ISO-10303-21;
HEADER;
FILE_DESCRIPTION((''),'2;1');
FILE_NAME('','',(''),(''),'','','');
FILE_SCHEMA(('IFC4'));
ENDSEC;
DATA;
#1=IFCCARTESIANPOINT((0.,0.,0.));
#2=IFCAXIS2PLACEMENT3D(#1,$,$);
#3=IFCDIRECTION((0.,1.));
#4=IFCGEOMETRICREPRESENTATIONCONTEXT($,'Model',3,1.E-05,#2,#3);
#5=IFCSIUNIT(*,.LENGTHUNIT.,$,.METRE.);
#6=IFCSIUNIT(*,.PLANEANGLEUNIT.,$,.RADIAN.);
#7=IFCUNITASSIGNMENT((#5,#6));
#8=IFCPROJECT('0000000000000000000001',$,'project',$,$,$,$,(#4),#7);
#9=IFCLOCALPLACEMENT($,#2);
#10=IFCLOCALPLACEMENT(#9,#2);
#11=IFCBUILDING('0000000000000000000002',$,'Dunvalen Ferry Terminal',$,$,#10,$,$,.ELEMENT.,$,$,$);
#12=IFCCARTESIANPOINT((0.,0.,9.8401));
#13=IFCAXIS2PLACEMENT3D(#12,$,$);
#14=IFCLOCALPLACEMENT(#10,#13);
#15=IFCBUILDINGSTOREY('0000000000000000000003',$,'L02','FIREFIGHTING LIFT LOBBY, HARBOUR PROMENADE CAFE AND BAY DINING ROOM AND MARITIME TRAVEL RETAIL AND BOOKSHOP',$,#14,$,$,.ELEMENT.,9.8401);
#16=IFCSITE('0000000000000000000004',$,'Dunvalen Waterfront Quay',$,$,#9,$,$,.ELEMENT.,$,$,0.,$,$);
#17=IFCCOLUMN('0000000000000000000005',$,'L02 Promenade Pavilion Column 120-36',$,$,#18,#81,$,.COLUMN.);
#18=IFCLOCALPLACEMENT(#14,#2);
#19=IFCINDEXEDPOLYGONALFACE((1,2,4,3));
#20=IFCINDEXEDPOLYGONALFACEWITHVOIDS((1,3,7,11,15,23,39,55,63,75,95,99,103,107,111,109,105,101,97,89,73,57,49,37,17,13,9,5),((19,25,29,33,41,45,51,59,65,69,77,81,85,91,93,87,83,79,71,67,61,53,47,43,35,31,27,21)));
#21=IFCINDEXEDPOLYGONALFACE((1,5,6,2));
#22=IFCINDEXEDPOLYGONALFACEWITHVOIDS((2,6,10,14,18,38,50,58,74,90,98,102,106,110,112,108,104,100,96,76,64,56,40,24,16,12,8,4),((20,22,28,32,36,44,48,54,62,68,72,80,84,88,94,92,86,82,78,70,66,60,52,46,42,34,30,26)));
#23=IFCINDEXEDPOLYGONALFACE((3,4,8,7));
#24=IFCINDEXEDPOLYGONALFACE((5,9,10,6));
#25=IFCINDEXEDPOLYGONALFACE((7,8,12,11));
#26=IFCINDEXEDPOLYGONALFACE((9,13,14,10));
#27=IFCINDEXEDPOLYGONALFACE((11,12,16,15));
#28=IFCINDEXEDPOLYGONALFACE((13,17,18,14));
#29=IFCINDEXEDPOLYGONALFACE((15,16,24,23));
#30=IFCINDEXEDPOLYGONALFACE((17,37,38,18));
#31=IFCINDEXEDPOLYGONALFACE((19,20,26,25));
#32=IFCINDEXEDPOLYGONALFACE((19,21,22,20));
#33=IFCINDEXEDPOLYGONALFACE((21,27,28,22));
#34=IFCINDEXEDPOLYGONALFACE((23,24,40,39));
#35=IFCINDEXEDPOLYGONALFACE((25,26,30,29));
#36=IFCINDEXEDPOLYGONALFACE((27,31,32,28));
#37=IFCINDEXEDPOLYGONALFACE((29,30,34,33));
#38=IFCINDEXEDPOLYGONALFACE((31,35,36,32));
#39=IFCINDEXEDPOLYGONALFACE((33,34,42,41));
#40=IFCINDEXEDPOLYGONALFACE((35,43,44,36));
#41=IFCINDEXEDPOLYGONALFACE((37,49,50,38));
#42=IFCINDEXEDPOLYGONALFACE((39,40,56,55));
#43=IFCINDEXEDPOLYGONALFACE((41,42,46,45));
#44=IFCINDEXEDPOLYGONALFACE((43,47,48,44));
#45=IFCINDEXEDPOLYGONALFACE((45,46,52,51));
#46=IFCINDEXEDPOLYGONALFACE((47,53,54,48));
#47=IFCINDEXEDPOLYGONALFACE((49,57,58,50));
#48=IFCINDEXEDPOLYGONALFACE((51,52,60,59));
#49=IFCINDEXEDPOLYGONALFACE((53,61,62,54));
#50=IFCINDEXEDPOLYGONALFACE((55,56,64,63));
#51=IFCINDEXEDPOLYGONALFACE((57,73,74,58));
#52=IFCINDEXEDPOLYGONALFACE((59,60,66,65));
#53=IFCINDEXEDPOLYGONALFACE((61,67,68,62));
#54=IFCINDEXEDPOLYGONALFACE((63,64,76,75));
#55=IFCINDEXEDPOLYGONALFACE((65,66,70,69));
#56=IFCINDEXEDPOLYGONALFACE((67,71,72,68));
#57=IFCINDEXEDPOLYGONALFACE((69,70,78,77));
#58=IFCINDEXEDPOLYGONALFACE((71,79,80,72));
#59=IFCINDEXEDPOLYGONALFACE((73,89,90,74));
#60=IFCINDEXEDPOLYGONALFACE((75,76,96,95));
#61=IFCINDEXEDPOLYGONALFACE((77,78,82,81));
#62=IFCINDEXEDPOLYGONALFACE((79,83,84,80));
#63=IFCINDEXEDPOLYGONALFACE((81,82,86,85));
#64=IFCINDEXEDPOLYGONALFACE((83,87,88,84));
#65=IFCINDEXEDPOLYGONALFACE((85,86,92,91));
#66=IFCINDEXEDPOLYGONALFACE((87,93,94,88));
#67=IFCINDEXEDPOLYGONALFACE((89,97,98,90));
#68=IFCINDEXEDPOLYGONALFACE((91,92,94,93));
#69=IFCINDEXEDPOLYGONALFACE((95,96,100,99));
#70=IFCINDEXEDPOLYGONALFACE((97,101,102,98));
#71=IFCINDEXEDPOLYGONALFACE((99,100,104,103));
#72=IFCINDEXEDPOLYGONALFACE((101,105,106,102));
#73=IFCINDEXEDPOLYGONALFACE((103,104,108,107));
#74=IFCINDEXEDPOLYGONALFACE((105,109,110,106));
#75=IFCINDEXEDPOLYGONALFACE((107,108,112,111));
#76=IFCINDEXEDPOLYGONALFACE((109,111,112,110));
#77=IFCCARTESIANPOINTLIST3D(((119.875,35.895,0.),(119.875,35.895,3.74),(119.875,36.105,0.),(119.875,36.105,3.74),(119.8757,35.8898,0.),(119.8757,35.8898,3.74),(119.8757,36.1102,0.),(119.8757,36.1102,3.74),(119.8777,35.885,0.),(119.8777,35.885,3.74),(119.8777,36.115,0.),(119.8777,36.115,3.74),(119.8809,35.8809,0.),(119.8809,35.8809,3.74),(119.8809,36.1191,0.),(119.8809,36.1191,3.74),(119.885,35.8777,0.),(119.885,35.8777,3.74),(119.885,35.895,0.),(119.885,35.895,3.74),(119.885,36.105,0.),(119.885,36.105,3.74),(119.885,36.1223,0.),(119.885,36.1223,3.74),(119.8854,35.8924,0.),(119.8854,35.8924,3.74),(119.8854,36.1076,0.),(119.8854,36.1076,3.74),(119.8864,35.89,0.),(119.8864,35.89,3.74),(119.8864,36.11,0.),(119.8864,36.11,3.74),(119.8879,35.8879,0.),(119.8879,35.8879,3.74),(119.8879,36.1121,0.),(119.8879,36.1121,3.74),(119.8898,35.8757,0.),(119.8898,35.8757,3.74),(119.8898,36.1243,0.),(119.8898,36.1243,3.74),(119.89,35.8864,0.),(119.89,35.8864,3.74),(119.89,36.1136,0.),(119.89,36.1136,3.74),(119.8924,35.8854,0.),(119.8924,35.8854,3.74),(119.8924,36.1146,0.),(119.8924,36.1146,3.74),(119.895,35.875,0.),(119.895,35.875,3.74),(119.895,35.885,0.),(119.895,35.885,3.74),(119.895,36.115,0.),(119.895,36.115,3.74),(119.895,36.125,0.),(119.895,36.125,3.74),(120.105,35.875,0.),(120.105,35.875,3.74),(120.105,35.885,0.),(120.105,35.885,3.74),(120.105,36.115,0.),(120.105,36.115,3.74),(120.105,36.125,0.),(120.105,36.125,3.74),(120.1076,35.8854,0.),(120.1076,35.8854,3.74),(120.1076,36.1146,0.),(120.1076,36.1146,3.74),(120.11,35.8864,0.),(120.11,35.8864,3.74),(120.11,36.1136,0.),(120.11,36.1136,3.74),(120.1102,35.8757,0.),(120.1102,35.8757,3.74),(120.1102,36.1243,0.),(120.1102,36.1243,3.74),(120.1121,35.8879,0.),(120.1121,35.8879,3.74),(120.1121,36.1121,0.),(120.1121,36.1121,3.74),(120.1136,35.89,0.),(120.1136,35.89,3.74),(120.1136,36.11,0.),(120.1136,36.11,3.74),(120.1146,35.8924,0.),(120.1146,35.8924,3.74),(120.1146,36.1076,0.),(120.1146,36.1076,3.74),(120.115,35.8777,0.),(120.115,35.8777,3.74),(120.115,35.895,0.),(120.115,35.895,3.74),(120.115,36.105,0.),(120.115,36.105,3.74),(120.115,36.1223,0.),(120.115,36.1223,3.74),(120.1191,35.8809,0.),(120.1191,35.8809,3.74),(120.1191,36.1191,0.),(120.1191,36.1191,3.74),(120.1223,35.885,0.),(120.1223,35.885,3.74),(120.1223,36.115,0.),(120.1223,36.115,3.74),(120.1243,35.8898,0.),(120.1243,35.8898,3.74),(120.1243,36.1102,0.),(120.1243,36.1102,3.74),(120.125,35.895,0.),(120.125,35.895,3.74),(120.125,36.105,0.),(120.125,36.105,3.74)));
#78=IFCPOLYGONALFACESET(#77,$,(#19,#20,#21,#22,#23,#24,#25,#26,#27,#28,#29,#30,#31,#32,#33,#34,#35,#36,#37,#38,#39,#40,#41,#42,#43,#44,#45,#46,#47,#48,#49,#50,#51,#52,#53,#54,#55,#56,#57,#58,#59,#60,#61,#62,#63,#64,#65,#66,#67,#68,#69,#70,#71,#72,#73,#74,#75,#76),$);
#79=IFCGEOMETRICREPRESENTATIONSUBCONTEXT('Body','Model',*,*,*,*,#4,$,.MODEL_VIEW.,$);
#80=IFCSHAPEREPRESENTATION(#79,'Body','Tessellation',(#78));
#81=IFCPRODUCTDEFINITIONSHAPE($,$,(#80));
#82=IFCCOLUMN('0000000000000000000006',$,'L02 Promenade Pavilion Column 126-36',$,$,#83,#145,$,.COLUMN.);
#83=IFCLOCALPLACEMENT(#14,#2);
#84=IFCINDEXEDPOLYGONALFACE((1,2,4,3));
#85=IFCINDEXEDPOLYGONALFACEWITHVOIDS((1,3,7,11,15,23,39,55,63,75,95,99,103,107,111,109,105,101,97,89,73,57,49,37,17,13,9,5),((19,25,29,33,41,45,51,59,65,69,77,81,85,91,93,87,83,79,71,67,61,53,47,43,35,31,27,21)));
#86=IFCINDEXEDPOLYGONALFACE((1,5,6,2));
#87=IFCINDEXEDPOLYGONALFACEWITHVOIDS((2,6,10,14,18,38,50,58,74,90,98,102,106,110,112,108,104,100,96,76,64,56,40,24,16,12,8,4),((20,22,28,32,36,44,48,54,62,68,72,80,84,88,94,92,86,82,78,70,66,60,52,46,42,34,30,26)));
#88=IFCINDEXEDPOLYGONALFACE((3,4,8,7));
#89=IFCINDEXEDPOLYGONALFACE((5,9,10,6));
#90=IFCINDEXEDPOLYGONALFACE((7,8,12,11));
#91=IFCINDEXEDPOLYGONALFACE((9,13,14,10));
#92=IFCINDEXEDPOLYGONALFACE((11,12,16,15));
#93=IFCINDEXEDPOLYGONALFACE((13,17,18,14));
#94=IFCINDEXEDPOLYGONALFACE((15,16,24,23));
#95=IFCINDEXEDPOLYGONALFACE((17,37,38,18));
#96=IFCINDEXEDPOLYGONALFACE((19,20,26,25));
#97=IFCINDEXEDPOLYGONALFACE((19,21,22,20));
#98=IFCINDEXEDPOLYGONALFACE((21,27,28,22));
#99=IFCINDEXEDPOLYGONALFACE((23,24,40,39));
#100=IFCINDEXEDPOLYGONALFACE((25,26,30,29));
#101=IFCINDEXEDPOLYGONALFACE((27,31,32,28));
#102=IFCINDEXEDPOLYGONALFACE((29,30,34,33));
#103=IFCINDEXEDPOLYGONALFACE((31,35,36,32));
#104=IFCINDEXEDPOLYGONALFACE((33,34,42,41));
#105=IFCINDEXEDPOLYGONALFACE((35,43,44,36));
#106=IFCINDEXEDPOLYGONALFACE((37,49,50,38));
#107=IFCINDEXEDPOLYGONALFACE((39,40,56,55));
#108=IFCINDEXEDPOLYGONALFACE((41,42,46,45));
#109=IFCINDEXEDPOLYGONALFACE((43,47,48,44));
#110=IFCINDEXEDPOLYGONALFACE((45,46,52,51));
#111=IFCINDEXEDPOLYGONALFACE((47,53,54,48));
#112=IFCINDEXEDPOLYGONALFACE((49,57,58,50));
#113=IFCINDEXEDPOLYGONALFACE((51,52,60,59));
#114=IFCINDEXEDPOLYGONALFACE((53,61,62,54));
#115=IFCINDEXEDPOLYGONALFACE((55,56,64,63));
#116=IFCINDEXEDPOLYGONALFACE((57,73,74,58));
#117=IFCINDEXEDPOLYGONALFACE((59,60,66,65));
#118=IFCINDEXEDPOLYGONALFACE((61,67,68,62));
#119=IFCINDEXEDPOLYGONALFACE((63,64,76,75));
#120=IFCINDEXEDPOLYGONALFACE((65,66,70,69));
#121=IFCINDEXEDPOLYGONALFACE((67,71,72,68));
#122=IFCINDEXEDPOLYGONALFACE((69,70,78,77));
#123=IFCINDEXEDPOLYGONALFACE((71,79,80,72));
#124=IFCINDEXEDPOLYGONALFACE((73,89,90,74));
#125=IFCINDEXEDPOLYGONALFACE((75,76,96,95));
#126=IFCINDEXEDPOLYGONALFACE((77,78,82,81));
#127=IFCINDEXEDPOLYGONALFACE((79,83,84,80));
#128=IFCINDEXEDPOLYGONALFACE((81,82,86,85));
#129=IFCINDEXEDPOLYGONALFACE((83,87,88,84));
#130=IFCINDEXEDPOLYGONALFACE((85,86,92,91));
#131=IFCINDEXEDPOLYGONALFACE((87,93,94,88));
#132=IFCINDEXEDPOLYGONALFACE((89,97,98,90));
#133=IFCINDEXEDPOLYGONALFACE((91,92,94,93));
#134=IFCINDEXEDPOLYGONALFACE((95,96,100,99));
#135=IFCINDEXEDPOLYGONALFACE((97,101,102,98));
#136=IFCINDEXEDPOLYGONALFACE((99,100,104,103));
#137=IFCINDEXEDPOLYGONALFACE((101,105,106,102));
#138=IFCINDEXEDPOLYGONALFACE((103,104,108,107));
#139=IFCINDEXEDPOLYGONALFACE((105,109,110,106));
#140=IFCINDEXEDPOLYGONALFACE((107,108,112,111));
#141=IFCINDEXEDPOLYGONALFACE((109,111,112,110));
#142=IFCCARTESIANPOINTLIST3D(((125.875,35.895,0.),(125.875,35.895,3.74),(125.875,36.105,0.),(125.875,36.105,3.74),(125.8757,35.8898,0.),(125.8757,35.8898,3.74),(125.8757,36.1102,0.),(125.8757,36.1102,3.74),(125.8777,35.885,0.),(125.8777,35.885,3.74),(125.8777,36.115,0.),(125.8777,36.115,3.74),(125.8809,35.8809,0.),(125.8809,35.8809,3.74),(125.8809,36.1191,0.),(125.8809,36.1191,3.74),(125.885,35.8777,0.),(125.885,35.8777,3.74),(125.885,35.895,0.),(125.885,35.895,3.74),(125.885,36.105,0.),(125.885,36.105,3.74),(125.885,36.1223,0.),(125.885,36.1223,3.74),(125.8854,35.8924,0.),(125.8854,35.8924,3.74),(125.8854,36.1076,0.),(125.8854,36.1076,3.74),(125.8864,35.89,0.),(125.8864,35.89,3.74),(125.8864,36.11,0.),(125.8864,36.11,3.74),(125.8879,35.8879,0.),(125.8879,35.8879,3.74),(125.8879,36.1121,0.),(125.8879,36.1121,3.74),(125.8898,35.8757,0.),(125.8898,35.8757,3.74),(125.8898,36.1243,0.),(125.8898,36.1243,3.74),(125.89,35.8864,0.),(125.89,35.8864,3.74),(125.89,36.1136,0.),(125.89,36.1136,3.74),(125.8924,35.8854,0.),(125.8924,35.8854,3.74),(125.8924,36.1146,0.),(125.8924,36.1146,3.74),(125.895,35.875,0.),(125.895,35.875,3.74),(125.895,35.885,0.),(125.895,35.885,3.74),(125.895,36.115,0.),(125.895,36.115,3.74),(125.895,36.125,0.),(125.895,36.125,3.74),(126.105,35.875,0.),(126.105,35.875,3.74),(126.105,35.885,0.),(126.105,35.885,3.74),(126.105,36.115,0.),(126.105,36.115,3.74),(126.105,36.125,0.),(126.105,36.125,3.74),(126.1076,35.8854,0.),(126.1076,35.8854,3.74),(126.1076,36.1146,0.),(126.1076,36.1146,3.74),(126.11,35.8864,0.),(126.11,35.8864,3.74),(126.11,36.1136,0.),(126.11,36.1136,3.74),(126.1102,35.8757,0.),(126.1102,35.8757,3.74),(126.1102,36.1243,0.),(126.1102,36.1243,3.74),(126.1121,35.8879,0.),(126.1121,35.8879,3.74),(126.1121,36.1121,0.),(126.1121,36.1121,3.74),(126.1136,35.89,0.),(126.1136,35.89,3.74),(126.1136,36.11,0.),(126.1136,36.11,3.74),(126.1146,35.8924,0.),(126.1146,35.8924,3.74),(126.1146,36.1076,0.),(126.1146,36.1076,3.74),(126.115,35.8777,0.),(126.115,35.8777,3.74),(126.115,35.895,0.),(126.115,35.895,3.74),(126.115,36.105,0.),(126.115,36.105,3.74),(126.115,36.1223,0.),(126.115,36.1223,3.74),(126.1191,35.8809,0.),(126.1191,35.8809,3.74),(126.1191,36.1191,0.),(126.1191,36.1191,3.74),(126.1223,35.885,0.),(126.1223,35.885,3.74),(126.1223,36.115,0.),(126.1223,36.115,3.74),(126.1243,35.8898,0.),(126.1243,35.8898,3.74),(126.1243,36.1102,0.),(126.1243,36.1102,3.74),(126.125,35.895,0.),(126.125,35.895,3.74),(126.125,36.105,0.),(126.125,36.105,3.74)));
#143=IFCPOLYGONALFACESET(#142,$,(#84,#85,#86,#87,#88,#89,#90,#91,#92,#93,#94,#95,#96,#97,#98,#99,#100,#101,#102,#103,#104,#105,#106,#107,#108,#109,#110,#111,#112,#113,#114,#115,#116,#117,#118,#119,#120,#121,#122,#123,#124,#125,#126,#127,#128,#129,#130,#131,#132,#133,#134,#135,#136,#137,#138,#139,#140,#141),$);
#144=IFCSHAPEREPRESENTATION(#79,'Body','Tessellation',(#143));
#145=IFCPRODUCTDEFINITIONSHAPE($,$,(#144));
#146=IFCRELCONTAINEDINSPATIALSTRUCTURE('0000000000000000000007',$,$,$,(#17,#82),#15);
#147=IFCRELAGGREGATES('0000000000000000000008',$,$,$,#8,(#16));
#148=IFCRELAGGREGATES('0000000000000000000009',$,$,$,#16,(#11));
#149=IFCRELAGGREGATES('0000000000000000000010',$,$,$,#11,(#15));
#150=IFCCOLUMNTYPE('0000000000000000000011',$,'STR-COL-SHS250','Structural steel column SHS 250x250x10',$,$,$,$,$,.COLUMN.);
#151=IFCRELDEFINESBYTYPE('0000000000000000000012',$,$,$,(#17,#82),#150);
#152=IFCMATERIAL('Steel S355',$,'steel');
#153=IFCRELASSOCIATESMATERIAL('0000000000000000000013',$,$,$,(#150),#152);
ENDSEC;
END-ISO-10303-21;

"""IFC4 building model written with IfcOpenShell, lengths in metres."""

from ifc_helpers import new_model, si_unit, direction, frame, origin, origin_2d, place, context, subcontext, project, spatial, hollow_rectangle, extrude, material, material_profile, profile_set, type_object, element, save


model = new_model("IFC4")

# Units and contexts
model_context = context("Model", 3, precision=1e-05, world=origin(), true_north=direction((0.0, 1.0)))
body_context = subcontext(model_context, "Body", "Model", "MODEL_VIEW")
ifc_project = project(units=[si_unit("LENGTHUNIT", "METRE"), si_unit("PLANEANGLEUNIT", "RADIAN")], contexts=[model_context])

# Site, building, storey
site_placement = place(None, origin())
site = spatial("IfcSite", under=ifc_project, at=site_placement, Name="Dunvalen Waterfront Quay", CompositionType="ELEMENT", RefElevation=0.0)
building_placement = place(site_placement, origin())
building = spatial("IfcBuilding", under=site, at=building_placement, Name="Dunvalen Ferry Terminal", CompositionType="ELEMENT")
storey_placement = place(building_placement, frame((0.0, 0.0, 9.8401)))
storey = spatial("IfcBuildingStorey", under=building, at=storey_placement, Name="L02", Description="FIREFIGHTING LIFT LOBBY, HARBOUR PROMENADE CAFE AND BAY DINING ROOM AND MARITIME TRAVEL RETAIL AND BOOKSHOP", CompositionType="ELEMENT", Elevation=9.8401)

# Columns
ifc_material_1 = material(Name="Steel S355", Category="steel")
ifc_material_profile_1 = material_profile(ifc_material_1, hollow_rectangle(XDim=0.25, YDim=0.25, WallThickness=0.01, InnerFilletRadius=0.01, OuterFilletRadius=0.02, at=origin_2d()), Name="Steel S355")
ifc_profile_set_1 = profile_set([ifc_material_profile_1], Name="Steel S355")
column_type = type_object("IfcColumnType", Name="STR-COL-SHS250", Description="Structural steel column SHS 250x250x10", PredefinedType="COLUMN", material=ifc_profile_set_1)
for number, where, z_axis, x_axis, name in (
    (1, (120.0, 36.0, 0.0), (0.0, 0.0, 1.0), (1.0, 0.0, 0.0), "L02 Promenade Pavilion Column 120-36"),
    (2, (126.0, 36.0, 0.0), (0.0, 0.0, 1.0), (1.0, 0.0, 0.0), "L02 Promenade Pavilion Column 126-36"),
):
    element("IfcColumn", number, at=place(storey_placement, frame(where, z_axis=z_axis, x_axis=x_axis)), inside=storey, type_object=column_type, Name=name, PredefinedType="COLUMN", context=body_context, shape_type="SweptSolid", body=[
        extrude(hollow_rectangle(XDim=0.25, YDim=0.25, WallThickness=0.01, InnerFilletRadius=0.01, OuterFilletRadius=0.02, at=origin_2d()), origin(), (0.0, 0.0, 1.0), 3.74),
    ])

save(model, "model.ifc")
